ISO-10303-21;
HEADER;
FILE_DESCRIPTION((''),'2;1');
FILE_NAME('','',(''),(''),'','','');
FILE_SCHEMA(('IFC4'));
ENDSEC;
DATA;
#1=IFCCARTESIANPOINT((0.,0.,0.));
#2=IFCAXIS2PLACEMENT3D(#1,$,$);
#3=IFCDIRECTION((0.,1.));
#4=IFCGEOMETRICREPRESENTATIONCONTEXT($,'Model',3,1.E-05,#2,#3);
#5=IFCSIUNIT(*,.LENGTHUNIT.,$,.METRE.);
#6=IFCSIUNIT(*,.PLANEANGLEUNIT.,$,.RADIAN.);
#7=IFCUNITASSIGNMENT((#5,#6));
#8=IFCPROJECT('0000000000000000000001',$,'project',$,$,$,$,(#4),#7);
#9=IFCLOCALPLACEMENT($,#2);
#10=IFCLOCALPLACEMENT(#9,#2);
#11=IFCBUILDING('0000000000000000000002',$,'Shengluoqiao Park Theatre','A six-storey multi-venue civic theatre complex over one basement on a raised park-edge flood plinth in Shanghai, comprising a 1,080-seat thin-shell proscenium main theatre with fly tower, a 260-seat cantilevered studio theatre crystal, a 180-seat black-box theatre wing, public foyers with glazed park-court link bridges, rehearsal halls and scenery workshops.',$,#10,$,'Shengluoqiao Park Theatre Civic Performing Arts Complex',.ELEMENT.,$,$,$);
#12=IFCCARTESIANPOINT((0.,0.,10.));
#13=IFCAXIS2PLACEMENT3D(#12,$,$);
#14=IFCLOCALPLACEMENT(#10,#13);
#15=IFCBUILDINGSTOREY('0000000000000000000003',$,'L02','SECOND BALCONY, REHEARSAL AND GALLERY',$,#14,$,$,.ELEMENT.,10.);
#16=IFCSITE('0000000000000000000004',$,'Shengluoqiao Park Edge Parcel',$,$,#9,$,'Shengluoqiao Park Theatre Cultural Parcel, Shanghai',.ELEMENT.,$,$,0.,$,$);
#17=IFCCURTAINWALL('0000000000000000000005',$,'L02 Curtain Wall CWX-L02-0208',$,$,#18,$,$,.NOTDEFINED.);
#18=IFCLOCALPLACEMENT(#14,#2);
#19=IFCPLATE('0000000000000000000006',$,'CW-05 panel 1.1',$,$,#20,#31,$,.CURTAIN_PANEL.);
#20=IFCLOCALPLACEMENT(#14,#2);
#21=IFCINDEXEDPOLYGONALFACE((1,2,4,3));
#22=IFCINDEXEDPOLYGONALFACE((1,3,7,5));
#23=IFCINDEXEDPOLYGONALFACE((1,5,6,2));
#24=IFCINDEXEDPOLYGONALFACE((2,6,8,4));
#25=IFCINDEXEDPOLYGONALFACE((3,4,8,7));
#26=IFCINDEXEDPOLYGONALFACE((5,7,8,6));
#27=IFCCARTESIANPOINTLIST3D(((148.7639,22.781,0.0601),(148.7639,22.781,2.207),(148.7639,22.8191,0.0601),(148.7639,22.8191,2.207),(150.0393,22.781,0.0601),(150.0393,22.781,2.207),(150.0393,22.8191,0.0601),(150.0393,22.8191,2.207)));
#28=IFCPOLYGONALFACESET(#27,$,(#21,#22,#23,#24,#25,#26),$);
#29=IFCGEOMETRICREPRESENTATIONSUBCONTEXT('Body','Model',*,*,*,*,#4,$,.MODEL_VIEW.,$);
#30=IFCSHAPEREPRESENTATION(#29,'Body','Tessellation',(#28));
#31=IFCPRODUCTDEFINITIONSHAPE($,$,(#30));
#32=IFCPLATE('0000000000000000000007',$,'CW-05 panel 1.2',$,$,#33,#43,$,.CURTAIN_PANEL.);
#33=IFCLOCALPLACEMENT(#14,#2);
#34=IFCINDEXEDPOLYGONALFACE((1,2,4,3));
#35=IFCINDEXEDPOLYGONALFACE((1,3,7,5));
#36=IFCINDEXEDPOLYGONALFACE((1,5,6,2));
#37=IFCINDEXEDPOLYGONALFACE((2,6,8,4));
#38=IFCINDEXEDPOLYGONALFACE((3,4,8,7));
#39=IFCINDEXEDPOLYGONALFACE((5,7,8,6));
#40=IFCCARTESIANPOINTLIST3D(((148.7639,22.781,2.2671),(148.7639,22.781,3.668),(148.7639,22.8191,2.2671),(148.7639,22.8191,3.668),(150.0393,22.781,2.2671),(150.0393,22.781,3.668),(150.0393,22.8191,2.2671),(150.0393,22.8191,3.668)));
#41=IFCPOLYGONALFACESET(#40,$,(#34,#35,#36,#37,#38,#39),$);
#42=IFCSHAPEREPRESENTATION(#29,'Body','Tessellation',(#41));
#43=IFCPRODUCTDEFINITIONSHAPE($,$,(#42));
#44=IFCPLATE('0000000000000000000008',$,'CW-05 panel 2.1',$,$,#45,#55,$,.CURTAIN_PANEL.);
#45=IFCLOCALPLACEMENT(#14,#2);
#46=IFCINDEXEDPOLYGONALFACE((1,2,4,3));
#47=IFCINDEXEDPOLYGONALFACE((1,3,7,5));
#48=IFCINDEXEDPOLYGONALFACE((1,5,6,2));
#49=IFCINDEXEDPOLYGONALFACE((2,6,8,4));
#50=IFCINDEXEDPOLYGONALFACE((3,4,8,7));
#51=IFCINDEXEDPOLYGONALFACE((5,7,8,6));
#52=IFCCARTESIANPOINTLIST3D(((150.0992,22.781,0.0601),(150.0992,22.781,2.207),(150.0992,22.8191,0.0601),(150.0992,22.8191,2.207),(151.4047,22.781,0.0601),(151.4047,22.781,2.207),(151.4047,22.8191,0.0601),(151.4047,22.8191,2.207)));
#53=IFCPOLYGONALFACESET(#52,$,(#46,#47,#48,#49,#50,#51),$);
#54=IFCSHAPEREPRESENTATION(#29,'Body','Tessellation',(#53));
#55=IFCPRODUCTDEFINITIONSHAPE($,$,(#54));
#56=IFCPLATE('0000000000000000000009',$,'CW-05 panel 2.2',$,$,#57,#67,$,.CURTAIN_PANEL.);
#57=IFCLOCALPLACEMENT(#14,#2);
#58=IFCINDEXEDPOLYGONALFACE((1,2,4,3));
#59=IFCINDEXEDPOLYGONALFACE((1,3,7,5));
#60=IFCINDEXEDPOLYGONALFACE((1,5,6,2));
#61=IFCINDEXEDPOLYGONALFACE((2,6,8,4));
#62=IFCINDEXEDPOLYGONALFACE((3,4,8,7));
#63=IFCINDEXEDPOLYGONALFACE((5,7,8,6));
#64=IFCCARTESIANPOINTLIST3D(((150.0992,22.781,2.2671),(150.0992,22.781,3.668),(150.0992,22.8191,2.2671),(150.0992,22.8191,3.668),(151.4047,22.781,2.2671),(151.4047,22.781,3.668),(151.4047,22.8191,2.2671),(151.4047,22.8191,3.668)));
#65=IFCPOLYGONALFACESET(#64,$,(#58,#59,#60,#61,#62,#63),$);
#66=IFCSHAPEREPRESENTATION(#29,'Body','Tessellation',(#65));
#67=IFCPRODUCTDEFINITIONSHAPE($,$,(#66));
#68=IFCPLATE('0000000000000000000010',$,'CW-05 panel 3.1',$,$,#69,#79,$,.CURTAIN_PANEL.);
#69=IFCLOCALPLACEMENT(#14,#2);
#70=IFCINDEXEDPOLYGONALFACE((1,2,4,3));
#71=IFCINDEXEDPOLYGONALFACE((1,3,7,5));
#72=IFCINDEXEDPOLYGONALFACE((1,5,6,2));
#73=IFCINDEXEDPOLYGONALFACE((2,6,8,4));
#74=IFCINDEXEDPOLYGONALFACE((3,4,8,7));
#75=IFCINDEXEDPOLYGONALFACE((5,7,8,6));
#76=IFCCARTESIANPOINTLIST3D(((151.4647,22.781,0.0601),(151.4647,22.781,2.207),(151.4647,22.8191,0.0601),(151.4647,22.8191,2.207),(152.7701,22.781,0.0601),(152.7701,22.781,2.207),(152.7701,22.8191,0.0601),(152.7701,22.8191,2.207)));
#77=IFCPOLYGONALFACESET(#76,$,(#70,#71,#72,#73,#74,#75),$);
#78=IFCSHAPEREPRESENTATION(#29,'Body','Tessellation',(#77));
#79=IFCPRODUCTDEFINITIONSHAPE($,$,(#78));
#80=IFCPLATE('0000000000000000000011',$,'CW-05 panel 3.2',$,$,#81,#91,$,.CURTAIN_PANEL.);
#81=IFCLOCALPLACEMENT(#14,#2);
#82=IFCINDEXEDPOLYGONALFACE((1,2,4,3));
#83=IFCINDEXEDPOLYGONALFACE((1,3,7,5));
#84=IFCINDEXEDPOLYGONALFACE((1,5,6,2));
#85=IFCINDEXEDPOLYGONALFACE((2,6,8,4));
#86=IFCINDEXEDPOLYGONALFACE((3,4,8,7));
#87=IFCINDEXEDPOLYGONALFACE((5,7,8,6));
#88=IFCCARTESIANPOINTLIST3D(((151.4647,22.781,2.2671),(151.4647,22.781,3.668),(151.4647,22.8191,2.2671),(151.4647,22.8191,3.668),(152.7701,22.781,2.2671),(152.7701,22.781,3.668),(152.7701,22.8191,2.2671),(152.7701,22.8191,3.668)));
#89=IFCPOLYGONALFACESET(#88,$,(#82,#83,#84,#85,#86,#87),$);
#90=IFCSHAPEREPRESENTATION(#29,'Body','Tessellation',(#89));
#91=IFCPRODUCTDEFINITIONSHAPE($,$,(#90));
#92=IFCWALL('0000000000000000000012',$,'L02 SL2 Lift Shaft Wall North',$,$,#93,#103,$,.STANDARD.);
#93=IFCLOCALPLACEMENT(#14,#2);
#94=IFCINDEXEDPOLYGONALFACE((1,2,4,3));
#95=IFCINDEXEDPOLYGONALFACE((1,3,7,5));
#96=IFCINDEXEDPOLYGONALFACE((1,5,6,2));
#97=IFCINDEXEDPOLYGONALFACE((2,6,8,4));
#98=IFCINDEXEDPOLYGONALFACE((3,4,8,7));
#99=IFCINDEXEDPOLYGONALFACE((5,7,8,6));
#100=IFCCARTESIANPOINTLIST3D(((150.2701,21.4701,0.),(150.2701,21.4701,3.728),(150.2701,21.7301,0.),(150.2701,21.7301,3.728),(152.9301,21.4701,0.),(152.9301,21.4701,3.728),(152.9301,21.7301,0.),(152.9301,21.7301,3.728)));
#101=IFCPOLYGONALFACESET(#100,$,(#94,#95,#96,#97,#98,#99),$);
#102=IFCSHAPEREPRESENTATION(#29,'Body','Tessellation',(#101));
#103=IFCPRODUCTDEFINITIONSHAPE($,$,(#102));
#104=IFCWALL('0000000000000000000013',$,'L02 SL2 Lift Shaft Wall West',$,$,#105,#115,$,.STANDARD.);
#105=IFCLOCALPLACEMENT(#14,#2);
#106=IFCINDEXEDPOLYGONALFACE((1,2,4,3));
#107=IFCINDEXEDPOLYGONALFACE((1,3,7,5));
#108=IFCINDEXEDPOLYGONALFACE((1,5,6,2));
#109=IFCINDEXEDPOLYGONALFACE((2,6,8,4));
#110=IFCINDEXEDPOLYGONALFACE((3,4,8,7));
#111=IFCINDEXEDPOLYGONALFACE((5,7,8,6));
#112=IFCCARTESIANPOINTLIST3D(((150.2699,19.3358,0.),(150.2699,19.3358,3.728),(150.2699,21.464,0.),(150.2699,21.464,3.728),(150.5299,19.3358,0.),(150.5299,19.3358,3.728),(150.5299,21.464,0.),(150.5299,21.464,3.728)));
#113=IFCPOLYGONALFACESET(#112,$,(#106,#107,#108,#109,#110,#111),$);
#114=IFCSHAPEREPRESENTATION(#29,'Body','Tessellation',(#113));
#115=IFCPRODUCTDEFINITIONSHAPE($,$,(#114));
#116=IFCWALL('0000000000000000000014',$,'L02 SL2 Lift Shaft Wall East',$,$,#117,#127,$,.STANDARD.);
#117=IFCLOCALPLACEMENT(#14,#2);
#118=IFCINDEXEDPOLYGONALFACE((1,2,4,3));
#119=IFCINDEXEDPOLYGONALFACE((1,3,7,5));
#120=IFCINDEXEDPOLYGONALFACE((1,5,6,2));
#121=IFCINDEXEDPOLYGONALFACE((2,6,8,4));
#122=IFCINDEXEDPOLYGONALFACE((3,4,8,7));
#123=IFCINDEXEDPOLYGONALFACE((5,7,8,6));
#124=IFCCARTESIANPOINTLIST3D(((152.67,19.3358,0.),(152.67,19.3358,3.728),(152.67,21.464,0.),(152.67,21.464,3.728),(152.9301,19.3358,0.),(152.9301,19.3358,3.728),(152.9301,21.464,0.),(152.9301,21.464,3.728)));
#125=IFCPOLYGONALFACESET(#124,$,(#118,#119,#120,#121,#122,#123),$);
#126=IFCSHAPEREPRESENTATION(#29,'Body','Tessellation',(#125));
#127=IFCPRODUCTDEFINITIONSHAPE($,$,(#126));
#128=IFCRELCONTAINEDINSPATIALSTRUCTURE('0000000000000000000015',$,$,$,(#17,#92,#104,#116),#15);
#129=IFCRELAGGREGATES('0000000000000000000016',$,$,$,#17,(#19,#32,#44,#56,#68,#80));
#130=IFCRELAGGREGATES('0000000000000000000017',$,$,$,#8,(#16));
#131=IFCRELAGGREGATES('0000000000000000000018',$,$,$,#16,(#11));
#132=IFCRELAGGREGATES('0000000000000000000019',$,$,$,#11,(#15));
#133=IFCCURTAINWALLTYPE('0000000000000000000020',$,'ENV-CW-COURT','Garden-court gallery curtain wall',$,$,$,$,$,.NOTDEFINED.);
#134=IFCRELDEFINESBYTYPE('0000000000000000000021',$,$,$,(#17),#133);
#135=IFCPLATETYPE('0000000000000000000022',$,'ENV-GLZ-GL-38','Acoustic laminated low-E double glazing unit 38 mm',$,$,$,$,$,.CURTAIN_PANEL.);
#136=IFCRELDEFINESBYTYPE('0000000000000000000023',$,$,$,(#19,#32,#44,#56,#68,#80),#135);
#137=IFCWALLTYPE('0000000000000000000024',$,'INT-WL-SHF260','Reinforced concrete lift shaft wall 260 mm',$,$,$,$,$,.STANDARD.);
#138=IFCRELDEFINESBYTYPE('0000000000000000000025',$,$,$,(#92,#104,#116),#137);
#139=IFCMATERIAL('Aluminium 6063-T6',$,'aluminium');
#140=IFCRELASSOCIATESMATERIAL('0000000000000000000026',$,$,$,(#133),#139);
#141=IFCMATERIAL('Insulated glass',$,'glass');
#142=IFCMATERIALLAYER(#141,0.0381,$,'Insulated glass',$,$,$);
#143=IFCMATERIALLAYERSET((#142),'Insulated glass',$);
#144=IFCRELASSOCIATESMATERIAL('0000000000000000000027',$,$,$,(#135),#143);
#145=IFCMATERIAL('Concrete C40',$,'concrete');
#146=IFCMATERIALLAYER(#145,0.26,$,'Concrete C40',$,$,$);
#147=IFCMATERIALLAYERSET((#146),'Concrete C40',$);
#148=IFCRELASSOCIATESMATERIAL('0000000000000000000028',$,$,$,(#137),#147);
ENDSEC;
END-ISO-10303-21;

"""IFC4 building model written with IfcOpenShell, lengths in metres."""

from ifc_helpers import new_model, si_unit, direction, frame, frame_2d, origin, origin_2d, place, context, subcontext, project, spatial, rectangle, extrude, material, layer, layer_set, type_object, element, aggregate, save


model = new_model("IFC4")

# Units and contexts
model_context = context("Model", 3, precision=1e-05, world=origin(), true_north=direction((0.0, 1.0)))
body_context = subcontext(model_context, "Body", "Model", "MODEL_VIEW")
ifc_project = project(units=[si_unit("LENGTHUNIT", "METRE"), si_unit("PLANEANGLEUNIT", "RADIAN")], contexts=[model_context])

# Site, building, storey
site_placement = place(None, origin())
site = spatial("IfcSite", under=ifc_project, at=site_placement, Name="Shengluoqiao Park Edge Parcel", LongName="Shengluoqiao Park Theatre Cultural Parcel, Shanghai", CompositionType="ELEMENT", RefElevation=0.0)
building_placement = place(site_placement, origin())
building = spatial("IfcBuilding", under=site, at=building_placement, Name="Shengluoqiao Park Theatre", Description="A six-storey multi-venue civic theatre complex over one basement on a raised park-edge flood plinth in Shanghai, comprising a 1,080-seat thin-shell proscenium main theatre with fly tower, a 260-seat cantilevered studio theatre crystal, a 180-seat black-box theatre wing, public foyers with glazed park-court link bridges, rehearsal halls and scenery workshops.", LongName="Shengluoqiao Park Theatre Civic Performing Arts Complex", CompositionType="ELEMENT")
storey_placement = place(building_placement, frame((0.0, 0.0, 10.0)))
storey = spatial("IfcBuildingStorey", under=building, at=storey_placement, Name="L02", Description="SECOND BALCONY, REHEARSAL AND GALLERY", CompositionType="ELEMENT", Elevation=10.0)

# Shared definitions
ifc_material_1 = material(Name="Concrete C40", Category="concrete")

# Curtain wall
ifc_material_2 = material(Name="Aluminium 6063-T6", Category="aluminium")
curtain_wall_type = type_object("IfcCurtainWallType", Name="ENV-CW-COURT", Description="Garden-court gallery curtain wall", PredefinedType="NOTDEFINED", material=ifc_material_2)
curtain_wall_placement = place(storey_placement, origin())
curtain_wall = element("IfcCurtainWall", 1, at=curtain_wall_placement, inside=storey, type_object=curtain_wall_type, Name="L02 Curtain Wall CWX-L02-0208", PredefinedType="NOTDEFINED")

# Plates
ifc_material_3 = material(Name="Insulated glass", Category="glass")
ifc_layer_1 = layer(ifc_material_3, 0.0381, Name="Insulated glass")
ifc_layer_set_1 = layer_set([ifc_layer_1], Name="Insulated glass")
plate_type = type_object("IfcPlateType", Name="ENV-GLZ-GL-38", Description="Acoustic laminated low-E double glazing unit 38 mm", PredefinedType="CURTAIN_PANEL", material=ifc_layer_set_1)
plate_1_placement = place(storey_placement, frame((149.4016, 22.8, 0.0601), z_axis=(0.0, 0.0, 1.0), x_axis=(1.0, 0.0, 0.0)))
plate_1 = element("IfcPlate", 2, at=plate_1_placement, type_object=plate_type, Name="CW-05 panel 1.1", PredefinedType="CURTAIN_PANEL", context=body_context, shape_type="SweptSolid", body=[
    extrude(rectangle(XDim=1.2754, YDim=0.0381, at=origin_2d()), origin(), (0.0, 0.0, 1.0), 2.147),
])
plate_2_placement = place(storey_placement, frame((149.4016, 22.8, 2.2671), z_axis=(0.0, 0.0, 1.0), x_axis=(1.0, 0.0, 0.0)))
plate_2 = element("IfcPlate", 3, at=plate_2_placement, type_object=plate_type, Name="CW-05 panel 1.2", PredefinedType="CURTAIN_PANEL", context=body_context, shape_type="SweptSolid", body=[
    extrude(rectangle(XDim=1.2754, YDim=0.0381, at=origin_2d()), origin(), (0.0, 0.0, 1.0), 1.4009),
])
plate_3_placement = place(storey_placement, frame((150.752, 22.8, 0.0601), z_axis=(0.0, 0.0, 1.0), x_axis=(1.0, 0.0, 0.0)))
plate_3 = element("IfcPlate", 4, at=plate_3_placement, type_object=plate_type, Name="CW-05 panel 2.1", PredefinedType="CURTAIN_PANEL", context=body_context, shape_type="SweptSolid", body=[
    extrude(rectangle(XDim=1.3054, YDim=0.0381, at=origin_2d()), origin(), (0.0, 0.0, 1.0), 2.147),
])
plate_4_placement = place(storey_placement, frame((150.752, 22.8, 2.2671), z_axis=(0.0, 0.0, 1.0), x_axis=(1.0, 0.0, 0.0)))
plate_4 = element("IfcPlate", 5, at=plate_4_placement, type_object=plate_type, Name="CW-05 panel 2.2", PredefinedType="CURTAIN_PANEL", context=body_context, shape_type="SweptSolid", body=[
    extrude(rectangle(XDim=1.3054, YDim=0.0381, at=origin_2d()), origin(), (0.0, 0.0, 1.0), 1.4009),
])
plate_5_placement = place(storey_placement, frame((152.1174, 22.8, 0.0601), z_axis=(0.0, 0.0, 1.0), x_axis=(1.0, 0.0, 0.0)))
plate_5 = element("IfcPlate", 6, at=plate_5_placement, type_object=plate_type, Name="CW-05 panel 3.1", PredefinedType="CURTAIN_PANEL", context=body_context, shape_type="SweptSolid", body=[
    extrude(rectangle(XDim=1.3054, YDim=0.0381, at=origin_2d()), origin(), (0.0, 0.0, 1.0), 2.147),
])
plate_6_placement = place(storey_placement, frame((152.1174, 22.8, 2.2671), z_axis=(0.0, 0.0, 1.0), x_axis=(1.0, 0.0, 0.0)))
plate_6 = element("IfcPlate", 7, at=plate_6_placement, type_object=plate_type, Name="CW-05 panel 3.2", PredefinedType="CURTAIN_PANEL", context=body_context, shape_type="SweptSolid", body=[
    extrude(rectangle(XDim=1.3054, YDim=0.0381, at=origin_2d()), origin(), (0.0, 0.0, 1.0), 1.4009),
])
aggregate(curtain_wall, [plate_1, plate_2, plate_3, plate_4, plate_5, plate_6])

# Walls
ifc_layer_2 = layer(ifc_material_1, 0.26, Name="Concrete C40")
ifc_layer_set_2 = layer_set([ifc_layer_2], Name="Concrete C40")
wall_type = type_object("IfcWallType", Name="INT-WL-SHF260", Description="Reinforced concrete lift shaft wall 260 mm", PredefinedType="STANDARD", material=ifc_layer_set_2)
wall_placement = place(storey_placement, frame((150.27, 21.6001, 0.0), z_axis=(0.0, 0.0, 1.0), x_axis=(1.0, 0.0, 0.0)))
element("IfcWall", 8, at=wall_placement, inside=storey, type_object=wall_type, Name="L02 SL2 Lift Shaft Wall North", PredefinedType="STANDARD", context=body_context, shape_type="SweptSolid", body=[
    extrude(rectangle(XDim=2.6599, YDim=0.26, at=frame_2d((1.3301, 0.0))), origin(), (0.0, 0.0, 1.0), 3.728),
])
for number, where, z_axis, x_axis, name in (
    (9, (150.3999, 19.3359, 0.0), (0.0, 0.0, 1.0), (0.0, 1.0, 0.0), "L02 SL2 Lift Shaft Wall West"),
    (10, (152.8, 19.3359, 0.0), (0.0, 0.0, 1.0), (0.0, 1.0, 0.0), "L02 SL2 Lift Shaft Wall East"),
):
    element("IfcWall", number, at=place(storey_placement, frame(where, z_axis=z_axis, x_axis=x_axis)), inside=storey, type_object=wall_type, Name=name, PredefinedType="STANDARD", context=body_context, shape_type="SweptSolid", body=[
        extrude(rectangle(XDim=2.1282, YDim=0.26, at=frame_2d((1.064, 0.0))), origin(), (0.0, 0.0, 1.0), 3.728),
    ])

save(model, "model.ifc")
